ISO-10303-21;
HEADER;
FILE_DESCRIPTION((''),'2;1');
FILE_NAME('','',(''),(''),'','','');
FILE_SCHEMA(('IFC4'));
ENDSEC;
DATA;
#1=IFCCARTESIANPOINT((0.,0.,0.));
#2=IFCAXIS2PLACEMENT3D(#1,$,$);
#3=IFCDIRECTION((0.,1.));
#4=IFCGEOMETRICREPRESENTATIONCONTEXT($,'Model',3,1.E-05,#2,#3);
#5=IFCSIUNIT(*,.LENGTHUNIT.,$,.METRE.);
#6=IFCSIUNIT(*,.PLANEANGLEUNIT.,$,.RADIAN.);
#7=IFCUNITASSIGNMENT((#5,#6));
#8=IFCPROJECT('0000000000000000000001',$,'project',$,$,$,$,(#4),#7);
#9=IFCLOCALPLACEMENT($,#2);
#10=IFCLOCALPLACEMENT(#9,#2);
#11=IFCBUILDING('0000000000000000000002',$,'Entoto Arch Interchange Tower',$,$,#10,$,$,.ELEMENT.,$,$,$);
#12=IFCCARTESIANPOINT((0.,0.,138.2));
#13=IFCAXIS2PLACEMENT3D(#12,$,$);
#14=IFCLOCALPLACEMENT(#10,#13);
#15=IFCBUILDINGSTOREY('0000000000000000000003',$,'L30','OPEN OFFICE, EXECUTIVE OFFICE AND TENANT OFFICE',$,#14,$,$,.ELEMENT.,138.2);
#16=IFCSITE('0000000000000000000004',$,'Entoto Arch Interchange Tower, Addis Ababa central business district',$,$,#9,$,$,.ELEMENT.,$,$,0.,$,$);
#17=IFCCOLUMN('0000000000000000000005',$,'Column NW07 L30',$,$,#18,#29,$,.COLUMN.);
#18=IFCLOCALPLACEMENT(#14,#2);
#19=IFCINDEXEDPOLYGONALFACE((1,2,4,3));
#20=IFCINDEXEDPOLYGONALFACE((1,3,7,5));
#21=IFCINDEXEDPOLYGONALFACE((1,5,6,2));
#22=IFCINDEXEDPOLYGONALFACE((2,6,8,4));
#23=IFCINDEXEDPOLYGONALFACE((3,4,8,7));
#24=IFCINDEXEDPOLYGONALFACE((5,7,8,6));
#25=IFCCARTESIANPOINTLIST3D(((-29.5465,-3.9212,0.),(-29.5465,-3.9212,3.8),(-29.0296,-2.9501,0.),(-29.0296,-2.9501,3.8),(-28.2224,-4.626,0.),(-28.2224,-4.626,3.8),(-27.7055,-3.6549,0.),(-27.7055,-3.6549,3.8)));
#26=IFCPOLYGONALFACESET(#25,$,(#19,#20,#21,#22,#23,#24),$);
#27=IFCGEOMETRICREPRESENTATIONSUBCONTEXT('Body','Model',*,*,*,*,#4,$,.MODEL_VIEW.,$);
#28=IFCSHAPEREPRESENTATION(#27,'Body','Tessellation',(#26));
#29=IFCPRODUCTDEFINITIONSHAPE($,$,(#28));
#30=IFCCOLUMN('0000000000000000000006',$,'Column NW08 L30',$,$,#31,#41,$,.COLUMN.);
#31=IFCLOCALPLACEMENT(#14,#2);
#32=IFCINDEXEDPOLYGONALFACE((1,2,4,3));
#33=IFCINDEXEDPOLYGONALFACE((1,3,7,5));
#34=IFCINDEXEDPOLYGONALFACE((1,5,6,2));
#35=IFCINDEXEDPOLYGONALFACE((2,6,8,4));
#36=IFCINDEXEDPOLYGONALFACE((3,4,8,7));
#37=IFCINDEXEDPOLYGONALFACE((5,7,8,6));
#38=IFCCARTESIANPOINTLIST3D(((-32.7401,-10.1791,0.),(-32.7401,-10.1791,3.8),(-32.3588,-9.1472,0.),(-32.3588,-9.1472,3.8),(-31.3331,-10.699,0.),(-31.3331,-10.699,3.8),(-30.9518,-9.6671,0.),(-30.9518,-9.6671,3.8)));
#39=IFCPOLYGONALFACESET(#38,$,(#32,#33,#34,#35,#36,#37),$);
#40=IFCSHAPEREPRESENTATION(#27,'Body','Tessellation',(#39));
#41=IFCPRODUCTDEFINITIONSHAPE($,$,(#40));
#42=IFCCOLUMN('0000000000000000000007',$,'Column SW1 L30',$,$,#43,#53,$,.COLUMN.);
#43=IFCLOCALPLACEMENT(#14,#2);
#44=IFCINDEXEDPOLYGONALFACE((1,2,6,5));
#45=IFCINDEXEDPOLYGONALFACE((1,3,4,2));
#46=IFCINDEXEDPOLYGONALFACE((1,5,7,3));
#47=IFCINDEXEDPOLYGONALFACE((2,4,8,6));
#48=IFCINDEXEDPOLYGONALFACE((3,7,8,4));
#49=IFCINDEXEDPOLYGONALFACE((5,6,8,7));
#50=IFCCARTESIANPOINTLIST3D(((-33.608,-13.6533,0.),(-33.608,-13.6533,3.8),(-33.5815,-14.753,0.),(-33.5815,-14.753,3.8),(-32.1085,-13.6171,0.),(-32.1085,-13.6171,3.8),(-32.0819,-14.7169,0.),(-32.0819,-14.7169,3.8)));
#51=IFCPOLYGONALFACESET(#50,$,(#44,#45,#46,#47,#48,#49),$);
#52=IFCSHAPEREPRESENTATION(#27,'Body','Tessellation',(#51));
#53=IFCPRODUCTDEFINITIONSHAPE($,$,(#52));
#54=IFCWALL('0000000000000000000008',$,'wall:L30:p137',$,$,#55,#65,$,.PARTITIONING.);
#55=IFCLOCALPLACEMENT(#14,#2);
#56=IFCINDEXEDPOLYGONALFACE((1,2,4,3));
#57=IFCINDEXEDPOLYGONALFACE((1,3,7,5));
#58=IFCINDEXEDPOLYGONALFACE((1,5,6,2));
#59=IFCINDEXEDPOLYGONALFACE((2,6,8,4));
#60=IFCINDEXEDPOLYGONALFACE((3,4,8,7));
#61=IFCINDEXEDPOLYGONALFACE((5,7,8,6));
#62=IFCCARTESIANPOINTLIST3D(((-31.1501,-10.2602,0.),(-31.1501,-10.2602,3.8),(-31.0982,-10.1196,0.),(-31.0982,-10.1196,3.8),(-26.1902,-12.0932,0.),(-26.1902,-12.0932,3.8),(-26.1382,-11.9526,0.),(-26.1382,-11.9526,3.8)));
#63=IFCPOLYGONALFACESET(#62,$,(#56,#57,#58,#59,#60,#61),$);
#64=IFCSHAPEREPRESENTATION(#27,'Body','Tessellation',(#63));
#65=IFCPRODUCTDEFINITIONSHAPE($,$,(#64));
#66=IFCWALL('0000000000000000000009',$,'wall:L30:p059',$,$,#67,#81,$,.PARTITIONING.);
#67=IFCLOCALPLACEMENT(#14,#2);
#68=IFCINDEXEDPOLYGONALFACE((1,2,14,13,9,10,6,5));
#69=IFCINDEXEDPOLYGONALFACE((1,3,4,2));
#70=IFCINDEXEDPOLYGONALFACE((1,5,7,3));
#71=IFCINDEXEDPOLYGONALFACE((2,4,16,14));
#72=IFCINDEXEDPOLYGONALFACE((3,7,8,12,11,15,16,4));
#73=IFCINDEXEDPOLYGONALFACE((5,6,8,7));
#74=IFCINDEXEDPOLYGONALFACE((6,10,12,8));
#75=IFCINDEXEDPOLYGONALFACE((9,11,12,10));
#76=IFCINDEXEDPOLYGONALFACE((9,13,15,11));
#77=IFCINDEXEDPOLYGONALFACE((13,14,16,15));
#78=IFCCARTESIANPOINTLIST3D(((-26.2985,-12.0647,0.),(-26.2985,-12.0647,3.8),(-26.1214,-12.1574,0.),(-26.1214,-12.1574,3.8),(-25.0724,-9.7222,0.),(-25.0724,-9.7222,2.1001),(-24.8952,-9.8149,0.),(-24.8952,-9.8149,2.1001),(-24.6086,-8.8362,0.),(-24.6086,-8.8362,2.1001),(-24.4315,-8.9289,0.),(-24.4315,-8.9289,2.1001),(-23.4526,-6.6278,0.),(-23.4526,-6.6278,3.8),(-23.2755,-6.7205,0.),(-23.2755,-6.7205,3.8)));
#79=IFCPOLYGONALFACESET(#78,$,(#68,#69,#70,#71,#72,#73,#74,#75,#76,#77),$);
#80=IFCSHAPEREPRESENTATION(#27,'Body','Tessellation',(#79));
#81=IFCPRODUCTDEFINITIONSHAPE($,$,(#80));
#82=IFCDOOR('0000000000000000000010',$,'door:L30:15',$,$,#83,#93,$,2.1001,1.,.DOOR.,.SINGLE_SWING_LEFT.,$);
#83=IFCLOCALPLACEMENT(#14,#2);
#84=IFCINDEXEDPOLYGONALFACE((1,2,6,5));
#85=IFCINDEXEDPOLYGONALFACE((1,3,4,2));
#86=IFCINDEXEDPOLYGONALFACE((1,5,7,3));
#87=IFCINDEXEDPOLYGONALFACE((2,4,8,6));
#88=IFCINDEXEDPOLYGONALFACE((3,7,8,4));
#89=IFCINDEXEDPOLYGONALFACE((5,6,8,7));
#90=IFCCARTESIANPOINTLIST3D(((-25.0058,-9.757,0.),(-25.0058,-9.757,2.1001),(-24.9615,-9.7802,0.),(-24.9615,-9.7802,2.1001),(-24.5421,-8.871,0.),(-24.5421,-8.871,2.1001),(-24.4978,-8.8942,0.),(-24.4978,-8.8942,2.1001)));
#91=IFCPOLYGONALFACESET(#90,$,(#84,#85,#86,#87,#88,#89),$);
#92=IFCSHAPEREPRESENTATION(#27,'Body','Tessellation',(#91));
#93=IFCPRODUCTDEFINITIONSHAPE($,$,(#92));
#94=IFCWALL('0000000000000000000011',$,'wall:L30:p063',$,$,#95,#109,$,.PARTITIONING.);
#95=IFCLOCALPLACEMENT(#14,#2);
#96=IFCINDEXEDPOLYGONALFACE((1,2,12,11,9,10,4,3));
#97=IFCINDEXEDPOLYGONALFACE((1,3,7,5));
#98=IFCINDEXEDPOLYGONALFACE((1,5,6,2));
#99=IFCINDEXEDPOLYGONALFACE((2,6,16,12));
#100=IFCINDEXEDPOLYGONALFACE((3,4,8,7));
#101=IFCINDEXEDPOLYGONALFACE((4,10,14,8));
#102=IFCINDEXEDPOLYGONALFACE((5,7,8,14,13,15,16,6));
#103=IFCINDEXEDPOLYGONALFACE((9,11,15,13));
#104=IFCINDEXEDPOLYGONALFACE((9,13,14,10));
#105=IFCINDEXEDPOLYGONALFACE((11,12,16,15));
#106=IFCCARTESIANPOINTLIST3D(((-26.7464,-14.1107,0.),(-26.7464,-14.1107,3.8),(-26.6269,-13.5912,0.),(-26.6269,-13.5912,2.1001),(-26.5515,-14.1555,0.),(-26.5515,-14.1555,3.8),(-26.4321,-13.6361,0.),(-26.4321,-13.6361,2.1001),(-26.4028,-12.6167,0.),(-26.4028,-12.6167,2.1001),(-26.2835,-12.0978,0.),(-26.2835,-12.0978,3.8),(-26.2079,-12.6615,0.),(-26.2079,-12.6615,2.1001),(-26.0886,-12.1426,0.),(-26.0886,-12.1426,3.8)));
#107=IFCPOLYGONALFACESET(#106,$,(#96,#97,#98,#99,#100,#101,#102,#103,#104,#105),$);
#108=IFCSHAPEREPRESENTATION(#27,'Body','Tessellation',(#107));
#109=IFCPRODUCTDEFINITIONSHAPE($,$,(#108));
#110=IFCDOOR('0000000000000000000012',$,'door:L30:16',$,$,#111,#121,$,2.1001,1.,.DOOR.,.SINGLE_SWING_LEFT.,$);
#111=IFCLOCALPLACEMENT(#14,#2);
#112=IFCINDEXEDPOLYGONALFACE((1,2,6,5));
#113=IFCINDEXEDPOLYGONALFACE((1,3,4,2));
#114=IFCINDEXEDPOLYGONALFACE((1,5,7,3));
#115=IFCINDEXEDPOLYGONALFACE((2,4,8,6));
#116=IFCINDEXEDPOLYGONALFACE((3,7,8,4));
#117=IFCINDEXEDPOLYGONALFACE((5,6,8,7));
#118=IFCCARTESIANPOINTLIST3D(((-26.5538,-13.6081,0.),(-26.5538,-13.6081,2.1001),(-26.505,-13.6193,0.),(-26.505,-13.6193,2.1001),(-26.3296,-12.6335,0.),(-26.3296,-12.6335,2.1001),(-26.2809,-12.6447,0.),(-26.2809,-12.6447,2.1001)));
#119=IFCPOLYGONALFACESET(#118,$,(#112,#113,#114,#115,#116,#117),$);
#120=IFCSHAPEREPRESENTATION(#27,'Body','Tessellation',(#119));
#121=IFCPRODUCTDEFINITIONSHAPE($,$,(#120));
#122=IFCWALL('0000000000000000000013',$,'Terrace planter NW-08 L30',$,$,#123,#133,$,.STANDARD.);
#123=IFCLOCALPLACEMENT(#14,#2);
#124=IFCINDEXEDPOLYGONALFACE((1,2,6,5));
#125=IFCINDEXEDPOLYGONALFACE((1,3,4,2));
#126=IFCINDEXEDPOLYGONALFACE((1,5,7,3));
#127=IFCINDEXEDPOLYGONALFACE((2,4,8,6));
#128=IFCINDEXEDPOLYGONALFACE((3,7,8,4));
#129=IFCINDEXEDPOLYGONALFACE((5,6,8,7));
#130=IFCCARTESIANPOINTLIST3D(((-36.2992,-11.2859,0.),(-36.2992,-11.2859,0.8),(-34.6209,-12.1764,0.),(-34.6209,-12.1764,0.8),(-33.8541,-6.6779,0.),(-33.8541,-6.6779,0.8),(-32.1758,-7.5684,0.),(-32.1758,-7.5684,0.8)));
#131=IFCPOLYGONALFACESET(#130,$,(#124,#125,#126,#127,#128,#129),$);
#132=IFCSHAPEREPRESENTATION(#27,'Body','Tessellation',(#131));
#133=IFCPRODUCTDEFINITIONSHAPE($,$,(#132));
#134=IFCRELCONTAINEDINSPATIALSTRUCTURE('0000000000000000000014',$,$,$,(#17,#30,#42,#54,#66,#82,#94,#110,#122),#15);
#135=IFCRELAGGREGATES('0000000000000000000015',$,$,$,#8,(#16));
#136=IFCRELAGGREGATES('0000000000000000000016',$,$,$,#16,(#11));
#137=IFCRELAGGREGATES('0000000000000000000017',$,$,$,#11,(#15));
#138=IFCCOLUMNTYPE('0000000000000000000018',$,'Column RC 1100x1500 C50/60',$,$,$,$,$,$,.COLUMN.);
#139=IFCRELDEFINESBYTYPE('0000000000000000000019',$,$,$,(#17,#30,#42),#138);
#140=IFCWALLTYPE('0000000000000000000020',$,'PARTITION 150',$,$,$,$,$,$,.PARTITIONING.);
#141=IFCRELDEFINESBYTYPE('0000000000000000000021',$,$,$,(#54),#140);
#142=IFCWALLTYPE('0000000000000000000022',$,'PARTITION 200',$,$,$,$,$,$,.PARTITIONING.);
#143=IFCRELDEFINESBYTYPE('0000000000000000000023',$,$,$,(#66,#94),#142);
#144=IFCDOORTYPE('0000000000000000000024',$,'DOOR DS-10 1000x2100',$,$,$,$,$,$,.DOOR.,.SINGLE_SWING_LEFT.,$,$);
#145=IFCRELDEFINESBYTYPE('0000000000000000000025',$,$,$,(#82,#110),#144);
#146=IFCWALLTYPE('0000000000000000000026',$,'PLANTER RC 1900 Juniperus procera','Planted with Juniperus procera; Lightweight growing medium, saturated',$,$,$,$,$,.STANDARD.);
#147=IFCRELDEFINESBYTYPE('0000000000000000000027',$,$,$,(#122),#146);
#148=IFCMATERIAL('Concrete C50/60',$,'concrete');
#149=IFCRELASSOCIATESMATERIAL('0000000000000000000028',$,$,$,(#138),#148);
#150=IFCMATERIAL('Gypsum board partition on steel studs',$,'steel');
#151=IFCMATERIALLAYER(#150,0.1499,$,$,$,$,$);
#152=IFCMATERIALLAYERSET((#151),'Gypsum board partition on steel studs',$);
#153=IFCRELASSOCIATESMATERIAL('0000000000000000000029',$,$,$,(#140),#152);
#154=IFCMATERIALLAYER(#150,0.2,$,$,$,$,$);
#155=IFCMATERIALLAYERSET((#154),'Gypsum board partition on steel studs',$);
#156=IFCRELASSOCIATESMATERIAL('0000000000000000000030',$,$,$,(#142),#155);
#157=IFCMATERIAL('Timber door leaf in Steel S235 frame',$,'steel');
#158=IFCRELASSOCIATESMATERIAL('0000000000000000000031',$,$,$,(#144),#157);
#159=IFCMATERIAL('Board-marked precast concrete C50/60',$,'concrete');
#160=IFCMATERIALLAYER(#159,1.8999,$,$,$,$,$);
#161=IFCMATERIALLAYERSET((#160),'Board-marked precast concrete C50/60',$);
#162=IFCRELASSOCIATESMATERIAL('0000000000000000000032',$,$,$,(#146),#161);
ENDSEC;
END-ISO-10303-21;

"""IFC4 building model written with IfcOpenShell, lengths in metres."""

from ifc_helpers import new_model, si_unit, direction, frame, frame_2d, origin, origin_2d, place, context, subcontext, project, spatial, rectangle, extrude, material, layer, layer_set, material_profile, profile_set, type_object, element, fill, save


model = new_model("IFC4")

# Units and contexts
model_context = context("Model", 3, precision=1e-05, world=origin(), true_north=direction((0.0, 1.0)))
body_context = subcontext(model_context, "Body", "Model", "MODEL_VIEW")
ifc_project = project(units=[si_unit("LENGTHUNIT", "METRE"), si_unit("PLANEANGLEUNIT", "RADIAN")], contexts=[model_context])

# Site, building, storey
site_placement = place(None, origin())
site = spatial("IfcSite", under=ifc_project, at=site_placement, Name="Entoto Arch Interchange Tower, Addis Ababa central business district", CompositionType="ELEMENT", RefElevation=0.0)
building_placement = place(site_placement, origin())
building = spatial("IfcBuilding", under=site, at=building_placement, Name="Entoto Arch Interchange Tower", CompositionType="ELEMENT")
storey_placement = place(building_placement, frame((0.0, 0.0, 138.2)))
storey = spatial("IfcBuildingStorey", under=building, at=storey_placement, Name="L30", Description="OPEN OFFICE, EXECUTIVE OFFICE AND TENANT OFFICE", CompositionType="ELEMENT", Elevation=138.2)

# Columns
ifc_material_1 = material(Name="Concrete C50/60", Category="concrete")
ifc_material_profile = material_profile(ifc_material_1, rectangle(XDim=1.1001, YDim=1.5, at=origin_2d()))
ifc_profile_set = profile_set([ifc_material_profile], Name="Concrete C50/60")
column_type = type_object("IfcColumnType", Name="Column RC 1100x1500 C50/60", PredefinedType="COLUMN", material=ifc_profile_set)
for number, where, z_axis, x_axis, name in (
    (1, (-28.626, -3.7881, 0.0), (0.0, 0.0, 1.0), (0.469857, 0.882743, 0.0), "Column NW07 L30"),
    (2, (-31.8459, -9.9231, 0.0), (0.0, 0.0, 1.0), (0.346592, 0.938016, 0.0), "Column NW08 L30"),
    (3, (-32.845, -14.1851, 0.0), (0.0, 0.0, 1.0), (-0.024118, 0.999709, 0.0), "Column SW1 L30"),
):
    element("IfcColumn", number, at=place(storey_placement, frame(where, z_axis=z_axis, x_axis=x_axis)), inside=storey, type_object=column_type, Name=name, PredefinedType="COLUMN", context=body_context, shape_type="SweptSolid", body=[
        extrude(rectangle(XDim=1.1001, YDim=1.5, at=origin_2d()), origin(), (0.0, 0.0, 1.0), 3.8),
    ])

# Wall
ifc_material_2 = material(Name="Gypsum board partition on steel studs", Category="steel")
ifc_layer_1 = layer(ifc_material_2, 0.1499)
ifc_layer_set_1 = layer_set([ifc_layer_1], Name="Gypsum board partition on steel studs")
wall_type_1 = type_object("IfcWallType", Name="PARTITION 150", PredefinedType="PARTITIONING", material=ifc_layer_set_1)
wall_1_placement = place(storey_placement, frame((-26.1641, -12.0229, 0.0), z_axis=(0.0, 0.0, 1.0), x_axis=(-0.937996, 0.346647, 0.0)))
element("IfcWall", 4, at=wall_1_placement, inside=storey, type_object=wall_type_1, Name="wall:L30:p137", PredefinedType="PARTITIONING", context=body_context, shape_type="SweptSolid", body=[
    extrude(rectangle(XDim=5.2878, YDim=0.1499, at=frame_2d((2.644, 0.0))), origin(), (0.0, 0.0, 1.0), 3.8),
])

# Walls, openings, doors
ifc_layer_2 = layer(ifc_material_2, 0.2)
ifc_layer_set_2 = layer_set([ifc_layer_2], Name="Gypsum board partition on steel studs")
wall_type_2 = type_object("IfcWallType", Name="PARTITION 200", PredefinedType="PARTITIONING", material=ifc_layer_set_2)
wall_2_placement = place(storey_placement, frame((-26.21, -12.1111, 0.0), z_axis=(0.0, 0.0, 1.0), x_axis=(0.46375, 0.885966, 0.0)))
wall_2 = element("IfcWall", 5, at=wall_2_placement, inside=storey, type_object=wall_type_2, Name="wall:L30:p059", PredefinedType="PARTITIONING", context=body_context, shape_type="SweptSolid", body=[
    extrude(rectangle(XDim=6.1367, YDim=0.2, at=frame_2d((3.0684, 0.0))), origin(), (0.0, 0.0, 1.0), 3.8),
])
opening_1_placement = place(wall_2_placement, frame((2.644, 0.0, 0.0)))
opening_1 = element("IfcOpeningElement", 6, at=opening_1_placement, cuts=wall_2, PredefinedType="OPENING", context=body_context, shape_type="SweptSolid", body=[
    extrude(rectangle(XDim=1.0, YDim=2.1001, at=frame_2d((0.5, 1.05))), frame((0.0, 0.1099, 0.0), z_axis=(0.0, -1.0, 0.0), x_axis=(1.0, 0.0, 0.0)), (0.0, 0.0, 1.0), 0.22),
])
ifc_material_3 = material(Name="Timber door leaf in Steel S235 frame", Category="steel")
door_type = type_object("IfcDoorType", Name="DOOR DS-10 1000x2100", OperationType="SINGLE_SWING_LEFT", PredefinedType="DOOR", material=ifc_material_3)
door_1_placement = place(opening_1_placement, origin())
door_1 = element("IfcDoor", 7, at=door_1_placement, inside=storey, type_object=door_type, Name="door:L30:15", OperationType="SINGLE_SWING_LEFT", OverallHeight=2.1001, OverallWidth=1.0, PredefinedType="DOOR", context=body_context, shape_type="SweptSolid", body=[
    extrude(rectangle(XDim=1.0, YDim=2.1001, at=frame_2d((0.5, 1.05))), frame((0.0, 0.0249, 0.0), z_axis=(0.0, -1.0, 0.0), x_axis=(1.0, 0.0, 0.0)), (0.0, 0.0, 1.0), 0.05),
])
fill(opening_1, door_1)
wall_3_placement = place(storey_placement, frame((-26.6489, -14.1331, 0.0), z_axis=(0.0, 0.0, 1.0), x_axis=(0.224108, 0.974564, 0.0)))
wall_3 = element("IfcWall", 8, at=wall_3_placement, inside=storey, type_object=wall_type_2, Name="wall:L30:p063", PredefinedType="PARTITIONING", context=body_context, shape_type="SweptSolid", body=[
    extrude(rectangle(XDim=2.0654, YDim=0.2, at=frame_2d((1.0327, 0.0))), origin(), (0.0, 0.0, 1.0), 3.8),
])
opening_2_placement = place(wall_3_placement, frame((0.533, 0.0, 0.0)))
opening_2 = element("IfcOpeningElement", 9, at=opening_2_placement, cuts=wall_3, PredefinedType="OPENING", context=body_context, shape_type="SweptSolid", body=[
    extrude(rectangle(XDim=1.0, YDim=2.1001, at=frame_2d((0.5, 1.05))), frame((0.0, 0.1099, 0.0), z_axis=(0.0, -1.0, 0.0), x_axis=(1.0, 0.0, 0.0)), (0.0, 0.0, 1.0), 0.22),
])
door_2_placement = place(opening_2_placement, origin())
door_2 = element("IfcDoor", 10, at=door_2_placement, inside=storey, type_object=door_type, Name="door:L30:16", OperationType="SINGLE_SWING_LEFT", OverallHeight=2.1001, OverallWidth=1.0, PredefinedType="DOOR", context=body_context, shape_type="SweptSolid", body=[
    extrude(rectangle(XDim=1.0, YDim=2.1001, at=frame_2d((0.5, 1.05))), frame((0.0, 0.0249, 0.0), z_axis=(0.0, -1.0, 0.0), x_axis=(1.0, 0.0, 0.0)), (0.0, 0.0, 1.0), 0.05),
])
fill(opening_2, door_2)

# Wall
ifc_material_4 = material(Name="Board-marked precast concrete C50/60", Category="concrete")
ifc_layer_3 = layer(ifc_material_4, 1.8999)
ifc_layer_set_3 = layer_set([ifc_layer_3], Name="Board-marked precast concrete C50/60")
wall_type_3 = type_object("IfcWallType", Name="PLANTER RC 1900 Juniperus procera", Description="Planted with Juniperus procera; Lightweight growing medium, saturated", PredefinedType="STANDARD", material=ifc_layer_set_3)
wall_4_placement = place(storey_placement, frame((-33.0149, -7.123, 0.0), z_axis=(0.0, 0.0, 1.0), x_axis=(-0.468724, -0.883345, 0.0)))
element("IfcWall", 11, at=wall_4_placement, inside=storey, type_object=wall_type_3, Name="Terrace planter NW-08 L30", PredefinedType="STANDARD", context=body_context, shape_type="SweptSolid", body=[
    extrude(rectangle(XDim=5.2166, YDim=1.8999, at=frame_2d((2.6084, 0.0))), origin(), (0.0, 0.0, 1.0), 0.8),
])

save(model, "model.ifc")
